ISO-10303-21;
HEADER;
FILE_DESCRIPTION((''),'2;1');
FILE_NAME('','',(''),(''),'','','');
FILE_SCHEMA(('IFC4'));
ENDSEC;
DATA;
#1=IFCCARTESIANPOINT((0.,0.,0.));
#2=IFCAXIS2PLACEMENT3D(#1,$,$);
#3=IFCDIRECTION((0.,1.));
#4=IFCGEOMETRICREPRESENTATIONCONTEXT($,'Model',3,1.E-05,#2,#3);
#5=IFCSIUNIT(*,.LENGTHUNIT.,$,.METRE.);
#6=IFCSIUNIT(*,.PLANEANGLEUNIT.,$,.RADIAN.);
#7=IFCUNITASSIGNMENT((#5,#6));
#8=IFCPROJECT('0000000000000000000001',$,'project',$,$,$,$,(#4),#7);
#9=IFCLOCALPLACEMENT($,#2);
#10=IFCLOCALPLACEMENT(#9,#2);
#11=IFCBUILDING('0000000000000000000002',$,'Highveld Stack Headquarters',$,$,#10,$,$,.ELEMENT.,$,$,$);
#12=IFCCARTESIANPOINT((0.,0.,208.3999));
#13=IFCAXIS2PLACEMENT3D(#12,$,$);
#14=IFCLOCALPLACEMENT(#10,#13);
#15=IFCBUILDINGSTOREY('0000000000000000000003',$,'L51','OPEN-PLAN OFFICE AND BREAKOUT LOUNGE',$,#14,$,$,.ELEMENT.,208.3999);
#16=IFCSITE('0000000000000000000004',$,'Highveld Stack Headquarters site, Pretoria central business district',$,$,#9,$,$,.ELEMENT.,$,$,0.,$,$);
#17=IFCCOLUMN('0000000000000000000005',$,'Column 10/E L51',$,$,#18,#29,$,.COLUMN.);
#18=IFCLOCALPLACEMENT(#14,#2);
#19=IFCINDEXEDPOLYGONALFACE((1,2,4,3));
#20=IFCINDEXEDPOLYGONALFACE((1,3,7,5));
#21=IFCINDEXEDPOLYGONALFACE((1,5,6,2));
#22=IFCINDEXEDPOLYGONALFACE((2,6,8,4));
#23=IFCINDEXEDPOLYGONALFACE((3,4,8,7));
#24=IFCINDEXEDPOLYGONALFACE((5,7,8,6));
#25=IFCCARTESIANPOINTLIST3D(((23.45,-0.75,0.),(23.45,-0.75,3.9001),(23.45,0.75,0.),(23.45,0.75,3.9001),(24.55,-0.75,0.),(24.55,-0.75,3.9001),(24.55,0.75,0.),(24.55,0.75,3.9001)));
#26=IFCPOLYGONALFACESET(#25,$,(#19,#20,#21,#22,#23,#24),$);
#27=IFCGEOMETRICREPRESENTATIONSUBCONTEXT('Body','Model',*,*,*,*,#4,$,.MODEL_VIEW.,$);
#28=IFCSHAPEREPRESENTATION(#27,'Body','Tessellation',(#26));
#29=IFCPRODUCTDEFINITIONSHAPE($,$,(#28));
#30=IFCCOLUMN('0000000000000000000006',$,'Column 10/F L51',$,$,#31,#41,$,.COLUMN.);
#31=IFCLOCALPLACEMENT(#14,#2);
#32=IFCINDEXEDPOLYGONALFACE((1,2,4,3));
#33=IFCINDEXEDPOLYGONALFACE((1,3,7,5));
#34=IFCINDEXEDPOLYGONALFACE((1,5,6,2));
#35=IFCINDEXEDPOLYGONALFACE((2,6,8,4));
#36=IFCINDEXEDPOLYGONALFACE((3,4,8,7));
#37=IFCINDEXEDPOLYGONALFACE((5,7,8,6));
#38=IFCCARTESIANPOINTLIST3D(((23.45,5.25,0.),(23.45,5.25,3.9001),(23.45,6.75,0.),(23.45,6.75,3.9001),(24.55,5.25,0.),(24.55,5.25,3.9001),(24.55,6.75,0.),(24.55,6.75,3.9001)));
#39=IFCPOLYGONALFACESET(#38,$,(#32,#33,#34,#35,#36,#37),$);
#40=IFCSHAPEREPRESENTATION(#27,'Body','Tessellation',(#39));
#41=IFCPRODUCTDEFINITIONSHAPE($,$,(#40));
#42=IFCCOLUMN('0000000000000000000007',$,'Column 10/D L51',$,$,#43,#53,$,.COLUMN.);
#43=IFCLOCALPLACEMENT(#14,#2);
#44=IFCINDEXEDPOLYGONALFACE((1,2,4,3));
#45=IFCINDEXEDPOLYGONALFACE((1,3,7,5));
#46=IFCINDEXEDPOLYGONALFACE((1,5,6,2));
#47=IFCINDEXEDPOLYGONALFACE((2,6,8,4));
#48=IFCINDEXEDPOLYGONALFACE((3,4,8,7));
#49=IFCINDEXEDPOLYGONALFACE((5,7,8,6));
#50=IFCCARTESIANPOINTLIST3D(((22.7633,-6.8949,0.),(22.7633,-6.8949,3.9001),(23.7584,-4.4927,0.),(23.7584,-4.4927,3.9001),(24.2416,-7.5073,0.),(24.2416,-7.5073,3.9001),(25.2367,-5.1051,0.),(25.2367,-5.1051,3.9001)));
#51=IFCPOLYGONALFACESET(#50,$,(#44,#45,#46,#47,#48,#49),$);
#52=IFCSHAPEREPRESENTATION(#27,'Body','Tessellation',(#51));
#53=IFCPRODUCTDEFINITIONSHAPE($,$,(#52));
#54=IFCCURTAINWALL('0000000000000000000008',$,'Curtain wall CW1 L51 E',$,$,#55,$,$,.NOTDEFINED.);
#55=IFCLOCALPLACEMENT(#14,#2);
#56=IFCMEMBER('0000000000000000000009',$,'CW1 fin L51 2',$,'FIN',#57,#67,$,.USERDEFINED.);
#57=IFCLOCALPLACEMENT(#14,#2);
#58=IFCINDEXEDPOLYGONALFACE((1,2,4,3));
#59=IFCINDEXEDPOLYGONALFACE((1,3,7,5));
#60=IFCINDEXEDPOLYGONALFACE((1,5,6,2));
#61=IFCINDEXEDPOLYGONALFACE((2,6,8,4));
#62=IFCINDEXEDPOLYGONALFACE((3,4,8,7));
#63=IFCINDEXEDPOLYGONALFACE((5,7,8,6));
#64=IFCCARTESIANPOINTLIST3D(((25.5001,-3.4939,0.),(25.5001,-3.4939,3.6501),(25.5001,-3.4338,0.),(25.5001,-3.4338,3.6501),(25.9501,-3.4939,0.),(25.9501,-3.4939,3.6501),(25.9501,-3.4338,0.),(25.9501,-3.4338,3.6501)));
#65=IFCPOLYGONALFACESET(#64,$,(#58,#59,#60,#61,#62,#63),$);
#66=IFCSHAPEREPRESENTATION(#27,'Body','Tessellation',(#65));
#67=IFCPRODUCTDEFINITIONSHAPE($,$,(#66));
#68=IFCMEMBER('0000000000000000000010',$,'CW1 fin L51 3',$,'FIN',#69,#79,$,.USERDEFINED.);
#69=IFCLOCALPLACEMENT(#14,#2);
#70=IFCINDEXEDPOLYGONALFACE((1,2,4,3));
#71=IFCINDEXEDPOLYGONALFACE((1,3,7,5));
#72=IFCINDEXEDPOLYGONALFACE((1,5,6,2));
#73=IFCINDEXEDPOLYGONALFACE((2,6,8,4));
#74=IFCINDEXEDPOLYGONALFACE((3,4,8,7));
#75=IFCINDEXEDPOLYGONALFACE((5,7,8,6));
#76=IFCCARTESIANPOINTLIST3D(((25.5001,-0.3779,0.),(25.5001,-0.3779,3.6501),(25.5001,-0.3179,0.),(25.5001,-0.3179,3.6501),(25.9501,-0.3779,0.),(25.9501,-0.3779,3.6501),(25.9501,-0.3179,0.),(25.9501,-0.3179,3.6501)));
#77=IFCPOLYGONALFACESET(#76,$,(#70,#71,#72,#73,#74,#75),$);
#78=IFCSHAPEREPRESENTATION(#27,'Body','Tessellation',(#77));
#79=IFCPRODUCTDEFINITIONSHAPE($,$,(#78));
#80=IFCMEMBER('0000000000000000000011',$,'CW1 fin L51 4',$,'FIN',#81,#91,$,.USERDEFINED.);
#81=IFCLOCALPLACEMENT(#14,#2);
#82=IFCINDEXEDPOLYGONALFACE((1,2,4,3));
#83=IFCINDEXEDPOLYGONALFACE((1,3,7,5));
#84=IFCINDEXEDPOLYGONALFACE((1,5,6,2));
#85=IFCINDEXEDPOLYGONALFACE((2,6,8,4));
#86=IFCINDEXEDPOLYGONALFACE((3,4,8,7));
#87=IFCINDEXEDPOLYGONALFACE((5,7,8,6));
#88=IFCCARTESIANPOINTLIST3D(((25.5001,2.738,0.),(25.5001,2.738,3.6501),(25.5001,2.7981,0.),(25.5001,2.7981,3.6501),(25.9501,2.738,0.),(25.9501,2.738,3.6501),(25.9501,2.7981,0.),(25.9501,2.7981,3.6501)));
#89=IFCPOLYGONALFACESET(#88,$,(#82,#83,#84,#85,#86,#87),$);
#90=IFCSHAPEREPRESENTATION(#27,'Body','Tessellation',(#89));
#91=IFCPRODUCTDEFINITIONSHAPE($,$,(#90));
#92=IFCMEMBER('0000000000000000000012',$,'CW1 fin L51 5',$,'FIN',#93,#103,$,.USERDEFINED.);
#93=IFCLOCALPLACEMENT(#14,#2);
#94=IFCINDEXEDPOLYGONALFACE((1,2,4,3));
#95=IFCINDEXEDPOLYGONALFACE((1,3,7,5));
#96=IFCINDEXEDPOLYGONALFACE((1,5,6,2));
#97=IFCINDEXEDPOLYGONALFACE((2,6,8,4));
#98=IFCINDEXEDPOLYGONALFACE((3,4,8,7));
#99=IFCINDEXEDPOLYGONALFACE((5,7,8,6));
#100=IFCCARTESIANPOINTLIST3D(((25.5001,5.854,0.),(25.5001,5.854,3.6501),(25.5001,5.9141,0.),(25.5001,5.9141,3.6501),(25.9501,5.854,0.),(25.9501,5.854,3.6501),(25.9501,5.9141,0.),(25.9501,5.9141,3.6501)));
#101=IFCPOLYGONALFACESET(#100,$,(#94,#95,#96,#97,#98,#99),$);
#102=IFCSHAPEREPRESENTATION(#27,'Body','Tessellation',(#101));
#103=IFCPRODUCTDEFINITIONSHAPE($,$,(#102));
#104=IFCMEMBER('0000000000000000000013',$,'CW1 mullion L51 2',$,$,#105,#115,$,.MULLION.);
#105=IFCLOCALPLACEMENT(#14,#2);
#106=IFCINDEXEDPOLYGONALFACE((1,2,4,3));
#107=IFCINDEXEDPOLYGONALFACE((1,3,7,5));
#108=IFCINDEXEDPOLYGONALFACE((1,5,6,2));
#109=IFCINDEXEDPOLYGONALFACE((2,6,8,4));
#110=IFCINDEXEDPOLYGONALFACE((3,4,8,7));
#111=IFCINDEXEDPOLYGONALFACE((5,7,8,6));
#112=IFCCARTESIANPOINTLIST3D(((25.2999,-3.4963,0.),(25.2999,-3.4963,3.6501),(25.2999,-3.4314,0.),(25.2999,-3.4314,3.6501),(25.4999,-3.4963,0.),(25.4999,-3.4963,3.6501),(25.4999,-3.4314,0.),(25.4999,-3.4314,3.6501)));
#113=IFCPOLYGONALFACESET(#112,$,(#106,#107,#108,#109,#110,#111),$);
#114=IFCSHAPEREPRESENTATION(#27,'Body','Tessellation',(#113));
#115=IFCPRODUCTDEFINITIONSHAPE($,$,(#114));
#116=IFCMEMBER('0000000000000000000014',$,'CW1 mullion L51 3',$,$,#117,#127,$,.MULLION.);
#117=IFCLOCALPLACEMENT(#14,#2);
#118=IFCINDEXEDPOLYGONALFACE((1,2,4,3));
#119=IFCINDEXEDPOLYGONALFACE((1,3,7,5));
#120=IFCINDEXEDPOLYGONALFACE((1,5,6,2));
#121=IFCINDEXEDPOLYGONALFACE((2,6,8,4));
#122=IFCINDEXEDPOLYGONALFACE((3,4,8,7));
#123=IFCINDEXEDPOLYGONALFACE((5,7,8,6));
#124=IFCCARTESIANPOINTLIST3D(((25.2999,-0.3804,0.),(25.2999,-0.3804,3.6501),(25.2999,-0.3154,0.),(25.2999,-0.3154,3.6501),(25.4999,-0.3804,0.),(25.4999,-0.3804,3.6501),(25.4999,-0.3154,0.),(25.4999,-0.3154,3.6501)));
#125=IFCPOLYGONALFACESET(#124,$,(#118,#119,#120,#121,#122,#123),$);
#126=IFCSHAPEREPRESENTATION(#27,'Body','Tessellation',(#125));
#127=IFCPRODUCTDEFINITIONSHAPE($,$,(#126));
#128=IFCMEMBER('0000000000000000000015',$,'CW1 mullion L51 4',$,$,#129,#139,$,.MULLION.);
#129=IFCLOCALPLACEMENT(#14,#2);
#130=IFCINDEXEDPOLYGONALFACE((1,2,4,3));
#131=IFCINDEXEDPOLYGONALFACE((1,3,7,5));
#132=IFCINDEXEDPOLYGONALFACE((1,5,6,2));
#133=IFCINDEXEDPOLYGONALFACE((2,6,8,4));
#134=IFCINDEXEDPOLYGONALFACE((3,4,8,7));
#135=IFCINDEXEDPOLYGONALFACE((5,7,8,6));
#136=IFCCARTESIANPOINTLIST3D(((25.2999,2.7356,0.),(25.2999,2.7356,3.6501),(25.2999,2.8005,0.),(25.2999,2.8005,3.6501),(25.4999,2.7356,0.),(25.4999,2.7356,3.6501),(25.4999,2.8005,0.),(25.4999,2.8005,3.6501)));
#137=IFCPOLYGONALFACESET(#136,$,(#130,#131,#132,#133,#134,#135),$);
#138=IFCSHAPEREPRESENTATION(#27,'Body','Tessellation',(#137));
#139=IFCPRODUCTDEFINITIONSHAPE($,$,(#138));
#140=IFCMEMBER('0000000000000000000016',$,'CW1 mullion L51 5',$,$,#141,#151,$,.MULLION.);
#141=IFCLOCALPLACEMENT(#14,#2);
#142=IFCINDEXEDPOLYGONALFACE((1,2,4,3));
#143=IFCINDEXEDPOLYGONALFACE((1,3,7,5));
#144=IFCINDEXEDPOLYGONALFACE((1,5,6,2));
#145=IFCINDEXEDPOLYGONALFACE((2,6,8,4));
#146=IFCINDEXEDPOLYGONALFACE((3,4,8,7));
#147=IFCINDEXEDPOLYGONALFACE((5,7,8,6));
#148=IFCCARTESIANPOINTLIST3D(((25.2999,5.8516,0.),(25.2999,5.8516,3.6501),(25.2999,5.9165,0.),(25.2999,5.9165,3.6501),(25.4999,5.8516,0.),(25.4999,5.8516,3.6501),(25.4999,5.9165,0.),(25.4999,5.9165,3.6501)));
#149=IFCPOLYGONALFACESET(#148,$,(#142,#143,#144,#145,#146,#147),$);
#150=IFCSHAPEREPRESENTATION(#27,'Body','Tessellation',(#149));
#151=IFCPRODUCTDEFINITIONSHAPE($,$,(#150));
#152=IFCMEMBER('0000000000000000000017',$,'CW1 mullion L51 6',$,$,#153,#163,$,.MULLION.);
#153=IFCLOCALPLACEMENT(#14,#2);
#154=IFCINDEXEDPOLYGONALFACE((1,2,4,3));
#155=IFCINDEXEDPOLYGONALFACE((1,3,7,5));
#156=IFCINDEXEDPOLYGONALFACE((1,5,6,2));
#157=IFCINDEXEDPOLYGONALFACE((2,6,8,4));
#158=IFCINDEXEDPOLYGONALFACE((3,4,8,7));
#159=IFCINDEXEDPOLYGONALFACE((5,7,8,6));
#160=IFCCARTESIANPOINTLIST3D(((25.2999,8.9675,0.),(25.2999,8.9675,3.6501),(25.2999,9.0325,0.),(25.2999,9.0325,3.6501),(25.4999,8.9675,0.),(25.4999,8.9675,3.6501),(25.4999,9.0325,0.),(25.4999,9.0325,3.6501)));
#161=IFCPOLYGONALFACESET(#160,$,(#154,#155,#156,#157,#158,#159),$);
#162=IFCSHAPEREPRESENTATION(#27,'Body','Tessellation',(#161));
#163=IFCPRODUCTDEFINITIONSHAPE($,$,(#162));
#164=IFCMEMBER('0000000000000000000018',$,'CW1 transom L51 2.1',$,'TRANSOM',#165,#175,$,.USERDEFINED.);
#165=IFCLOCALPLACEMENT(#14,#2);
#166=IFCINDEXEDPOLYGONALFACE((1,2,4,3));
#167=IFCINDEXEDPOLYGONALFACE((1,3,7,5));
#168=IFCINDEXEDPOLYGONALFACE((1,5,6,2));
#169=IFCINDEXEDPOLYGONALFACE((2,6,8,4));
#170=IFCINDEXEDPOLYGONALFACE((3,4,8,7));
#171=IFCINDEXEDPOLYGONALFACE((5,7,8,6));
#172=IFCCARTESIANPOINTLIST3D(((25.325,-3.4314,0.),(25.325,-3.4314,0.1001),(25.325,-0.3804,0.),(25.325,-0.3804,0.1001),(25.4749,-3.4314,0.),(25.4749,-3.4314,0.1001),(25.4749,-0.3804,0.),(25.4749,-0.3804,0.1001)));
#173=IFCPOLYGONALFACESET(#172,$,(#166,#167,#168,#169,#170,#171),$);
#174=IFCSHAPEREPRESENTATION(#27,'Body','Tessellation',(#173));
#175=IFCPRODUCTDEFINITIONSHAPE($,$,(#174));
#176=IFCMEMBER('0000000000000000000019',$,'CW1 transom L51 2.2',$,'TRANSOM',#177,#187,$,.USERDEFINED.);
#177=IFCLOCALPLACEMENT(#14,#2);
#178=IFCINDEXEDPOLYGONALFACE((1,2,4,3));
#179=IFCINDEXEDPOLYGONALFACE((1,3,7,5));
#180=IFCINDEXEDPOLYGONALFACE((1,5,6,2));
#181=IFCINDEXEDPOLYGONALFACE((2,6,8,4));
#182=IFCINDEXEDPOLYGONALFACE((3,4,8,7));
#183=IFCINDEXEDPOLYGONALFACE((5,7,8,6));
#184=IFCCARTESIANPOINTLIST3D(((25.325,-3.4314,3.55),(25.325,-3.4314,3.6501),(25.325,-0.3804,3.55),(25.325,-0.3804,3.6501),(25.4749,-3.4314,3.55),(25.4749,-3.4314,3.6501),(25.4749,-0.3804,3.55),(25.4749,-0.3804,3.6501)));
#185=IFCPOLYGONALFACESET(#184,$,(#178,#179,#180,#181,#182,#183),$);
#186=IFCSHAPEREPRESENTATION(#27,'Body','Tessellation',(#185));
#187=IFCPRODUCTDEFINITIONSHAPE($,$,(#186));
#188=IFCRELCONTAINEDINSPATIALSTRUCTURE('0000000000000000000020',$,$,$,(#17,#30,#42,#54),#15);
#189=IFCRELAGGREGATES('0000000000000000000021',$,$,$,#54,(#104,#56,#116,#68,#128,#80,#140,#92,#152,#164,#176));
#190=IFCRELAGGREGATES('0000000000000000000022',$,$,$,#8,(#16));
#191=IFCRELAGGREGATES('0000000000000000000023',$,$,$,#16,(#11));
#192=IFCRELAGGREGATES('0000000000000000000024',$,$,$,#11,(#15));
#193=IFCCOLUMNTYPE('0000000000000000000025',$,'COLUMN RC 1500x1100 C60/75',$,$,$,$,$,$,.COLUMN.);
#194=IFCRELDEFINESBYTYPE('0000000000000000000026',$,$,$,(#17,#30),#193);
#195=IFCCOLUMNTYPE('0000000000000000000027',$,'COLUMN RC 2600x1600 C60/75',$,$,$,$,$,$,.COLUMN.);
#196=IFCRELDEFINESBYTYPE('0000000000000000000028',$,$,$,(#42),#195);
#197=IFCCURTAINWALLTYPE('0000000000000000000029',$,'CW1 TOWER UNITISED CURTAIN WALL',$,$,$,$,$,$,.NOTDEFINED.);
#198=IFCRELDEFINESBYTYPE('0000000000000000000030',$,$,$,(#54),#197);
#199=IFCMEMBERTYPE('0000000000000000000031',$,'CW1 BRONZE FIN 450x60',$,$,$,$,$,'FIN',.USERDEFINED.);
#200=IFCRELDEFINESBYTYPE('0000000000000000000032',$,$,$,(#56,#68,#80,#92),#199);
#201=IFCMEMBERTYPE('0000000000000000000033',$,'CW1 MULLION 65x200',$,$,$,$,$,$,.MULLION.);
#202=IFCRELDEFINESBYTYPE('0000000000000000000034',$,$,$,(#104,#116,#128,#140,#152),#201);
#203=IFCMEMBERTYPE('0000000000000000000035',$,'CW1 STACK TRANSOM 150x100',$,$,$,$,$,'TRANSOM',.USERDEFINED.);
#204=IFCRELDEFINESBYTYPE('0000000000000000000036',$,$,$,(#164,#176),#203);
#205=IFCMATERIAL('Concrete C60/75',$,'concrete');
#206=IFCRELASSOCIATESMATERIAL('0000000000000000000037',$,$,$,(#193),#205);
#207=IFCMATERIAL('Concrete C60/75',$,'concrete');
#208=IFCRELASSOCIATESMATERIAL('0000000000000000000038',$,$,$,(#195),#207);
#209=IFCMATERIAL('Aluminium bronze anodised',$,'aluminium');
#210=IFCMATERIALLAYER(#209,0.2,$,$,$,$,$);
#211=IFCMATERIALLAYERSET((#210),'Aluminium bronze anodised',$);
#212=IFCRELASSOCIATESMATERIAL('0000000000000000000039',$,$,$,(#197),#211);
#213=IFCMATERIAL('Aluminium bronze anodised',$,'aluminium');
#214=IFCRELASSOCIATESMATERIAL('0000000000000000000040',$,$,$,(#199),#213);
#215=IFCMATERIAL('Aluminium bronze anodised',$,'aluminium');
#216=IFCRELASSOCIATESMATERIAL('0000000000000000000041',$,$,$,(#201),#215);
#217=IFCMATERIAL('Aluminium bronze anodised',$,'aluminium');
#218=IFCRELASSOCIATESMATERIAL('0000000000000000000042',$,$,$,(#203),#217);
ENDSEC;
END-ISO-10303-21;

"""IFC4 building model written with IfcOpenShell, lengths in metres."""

from ifc_helpers import new_model, si_unit, direction, frame, origin, origin_2d, place, context, subcontext, project, spatial, rectangle, extrude, material, layer, layer_set, material_profile, profile_set, type_object, element, aggregate, save


model = new_model("IFC4")

# Units and contexts
model_context = context("Model", 3, precision=1e-05, world=origin(), true_north=direction((0.0, 1.0)))
body_context = subcontext(model_context, "Body", "Model", "MODEL_VIEW")
ifc_project = project(units=[si_unit("LENGTHUNIT", "METRE"), si_unit("PLANEANGLEUNIT", "RADIAN")], contexts=[model_context])

# Site, building, storey
site_placement = place(None, origin())
site = spatial("IfcSite", under=ifc_project, at=site_placement, Name="Highveld Stack Headquarters site, Pretoria central business district", CompositionType="ELEMENT", RefElevation=0.0)
building_placement = place(site_placement, origin())
building = spatial("IfcBuilding", under=site, at=building_placement, Name="Highveld Stack Headquarters", CompositionType="ELEMENT")
storey_placement = place(building_placement, frame((0.0, 0.0, 208.3999)))
storey = spatial("IfcBuildingStorey", under=building, at=storey_placement, Name="L51", Description="OPEN-PLAN OFFICE AND BREAKOUT LOUNGE", CompositionType="ELEMENT", Elevation=208.3999)

# Columns
ifc_material_1 = material(Name="Concrete C60/75", Category="concrete")
ifc_material_profile_1 = material_profile(ifc_material_1, rectangle(XDim=1.5, YDim=1.1001, at=origin_2d()), Name="RC 1500x1100")
ifc_profile_set_1 = profile_set([ifc_material_profile_1], Name="Concrete C60/75")
column_type_1 = type_object("IfcColumnType", Name="COLUMN RC 1500x1100 C60/75", PredefinedType="COLUMN", material=ifc_profile_set_1)
for number, where, z_axis, x_axis, name in (
    (1, (24.0, 0.0, 0.0), (0.0, 0.0, 1.0), (0.0, 1.0, 0.0), "Column 10/E L51"),
    (2, (24.0, 6.0, 0.0), (0.0, 0.0, 1.0), (0.0, 1.0, 0.0), "Column 10/F L51"),
):
    element("IfcColumn", number, at=place(storey_placement, frame(where, z_axis=z_axis, x_axis=x_axis)), inside=storey, type_object=column_type_1, Name=name, PredefinedType="COLUMN", context=body_context, shape_type="SweptSolid", body=[
        extrude(rectangle(XDim=1.5, YDim=1.1001, at=origin_2d()), origin(), (0.0, 0.0, 1.0), 3.9001),
    ])
ifc_material_2 = material(Name="Concrete C60/75", Category="concrete")
ifc_material_profile_2 = material_profile(ifc_material_2, rectangle(XDim=2.6001, YDim=1.6001, at=origin_2d()), Name="RC 2600x1600")
ifc_profile_set_2 = profile_set([ifc_material_profile_2], Name="Concrete C60/75")
column_type_2 = type_object("IfcColumnType", Name="COLUMN RC 2600x1600 C60/75", PredefinedType="COLUMN", material=ifc_profile_set_2)
column_placement = place(storey_placement, frame((24.0, -6.0, 0.0), z_axis=(0.0, 0.0, 1.0), x_axis=(-0.382683, -0.92388, 0.0)))
element("IfcColumn", 3, at=column_placement, inside=storey, type_object=column_type_2, Name="Column 10/D L51", PredefinedType="COLUMN", context=body_context, shape_type="SweptSolid", body=[
    extrude(rectangle(XDim=2.6001, YDim=1.6001, at=origin_2d()), origin(), (0.0, 0.0, 1.0), 3.9001),
])

# Curtain wall, members
ifc_material_3 = material(Name="Aluminium bronze anodised", Category="aluminium")
ifc_layer_1 = layer(ifc_material_3, 0.2)
ifc_layer_set_1 = layer_set([ifc_layer_1], Name="Aluminium bronze anodised")
curtain_wall_type = type_object("IfcCurtainWallType", Name="CW1 TOWER UNITISED CURTAIN WALL", PredefinedType="NOTDEFINED", material=ifc_layer_set_1)
curtain_wall_placement = place(storey_placement, origin())
curtain_wall = element("IfcCurtainWall", 4, at=curtain_wall_placement, inside=storey, type_object=curtain_wall_type, Name="Curtain wall CW1 L51 E", PredefinedType="NOTDEFINED")
ifc_material_4 = material(Name="Aluminium bronze anodised", Category="aluminium")
ifc_material_profile_3 = material_profile(ifc_material_4, rectangle(XDim=0.45, YDim=0.0601, at=origin_2d()), Name="FIN 450x60")
ifc_profile_set_3 = profile_set([ifc_material_profile_3], Name="Aluminium bronze anodised")
member_type_1 = type_object("IfcMemberType", Name="CW1 BRONZE FIN 450x60", ElementType="FIN", PredefinedType="USERDEFINED", material=ifc_profile_set_3)
member_1_placement = place(storey_placement, frame((25.7251, -3.4639, 0.0), z_axis=(0.0, 0.0, 1.0), x_axis=(-1.0, 0.0, 0.0)))
member_1 = element("IfcMember", 5, at=member_1_placement, type_object=member_type_1, Name="CW1 fin L51 2", ObjectType="FIN", PredefinedType="USERDEFINED", context=body_context, shape_type="SweptSolid", body=[
    extrude(rectangle(XDim=0.45, YDim=0.0601, at=origin_2d()), origin(), (0.0, 0.0, 1.0), 3.6501),
])
member_2_placement = place(storey_placement, frame((25.7251, -0.3479, 0.0), z_axis=(0.0, 0.0, 1.0), x_axis=(-1.0, 0.0, 0.0)))
member_2 = element("IfcMember", 6, at=member_2_placement, type_object=member_type_1, Name="CW1 fin L51 3", ObjectType="FIN", PredefinedType="USERDEFINED", context=body_context, shape_type="SweptSolid", body=[
    extrude(rectangle(XDim=0.45, YDim=0.0601, at=origin_2d()), origin(), (0.0, 0.0, 1.0), 3.6501),
])
member_3_placement = place(storey_placement, frame((25.7251, 2.7681, 0.0), z_axis=(0.0, 0.0, 1.0), x_axis=(-1.0, 0.0, 0.0)))
member_3 = element("IfcMember", 7, at=member_3_placement, type_object=member_type_1, Name="CW1 fin L51 4", ObjectType="FIN", PredefinedType="USERDEFINED", context=body_context, shape_type="SweptSolid", body=[
    extrude(rectangle(XDim=0.45, YDim=0.0601, at=origin_2d()), origin(), (0.0, 0.0, 1.0), 3.6501),
])
member_4_placement = place(storey_placement, frame((25.7251, 5.884, 0.0), z_axis=(0.0, 0.0, 1.0), x_axis=(-1.0, 0.0, 0.0)))
member_4 = element("IfcMember", 8, at=member_4_placement, type_object=member_type_1, Name="CW1 fin L51 5", ObjectType="FIN", PredefinedType="USERDEFINED", context=body_context, shape_type="SweptSolid", body=[
    extrude(rectangle(XDim=0.45, YDim=0.0601, at=origin_2d()), origin(), (0.0, 0.0, 1.0), 3.6501),
])
ifc_material_5 = material(Name="Aluminium bronze anodised", Category="aluminium")
ifc_material_profile_4 = material_profile(ifc_material_5, rectangle(XDim=0.2, YDim=0.0649, at=origin_2d()), Name="CW1 MULLION 65x200")
ifc_profile_set_4 = profile_set([ifc_material_profile_4], Name="Aluminium bronze anodised")
member_type_2 = type_object("IfcMemberType", Name="CW1 MULLION 65x200", PredefinedType="MULLION", material=ifc_profile_set_4)
member_5_placement = place(storey_placement, frame((25.3999, -3.4639, 0.0), z_axis=(0.0, 0.0, 1.0), x_axis=(-1.0, 0.0, 0.0)))
member_5 = element("IfcMember", 9, at=member_5_placement, type_object=member_type_2, Name="CW1 mullion L51 2", PredefinedType="MULLION", context=body_context, shape_type="SweptSolid", body=[
    extrude(rectangle(XDim=0.2, YDim=0.0649, at=origin_2d()), origin(), (0.0, 0.0, 1.0), 3.6501),
])
member_6_placement = place(storey_placement, frame((25.3999, -0.3479, 0.0), z_axis=(0.0, 0.0, 1.0), x_axis=(-1.0, 0.0, 0.0)))
member_6 = element("IfcMember", 10, at=member_6_placement, type_object=member_type_2, Name="CW1 mullion L51 3", PredefinedType="MULLION", context=body_context, shape_type="SweptSolid", body=[
    extrude(rectangle(XDim=0.2, YDim=0.0649, at=origin_2d()), origin(), (0.0, 0.0, 1.0), 3.6501),
])
member_7_placement = place(storey_placement, frame((25.3999, 2.7681, 0.0), z_axis=(0.0, 0.0, 1.0), x_axis=(-1.0, 0.0, 0.0)))
member_7 = element("IfcMember", 11, at=member_7_placement, type_object=member_type_2, Name="CW1 mullion L51 4", PredefinedType="MULLION", context=body_context, shape_type="SweptSolid", body=[
    extrude(rectangle(XDim=0.2, YDim=0.0649, at=origin_2d()), origin(), (0.0, 0.0, 1.0), 3.6501),
])
member_8_placement = place(storey_placement, frame((25.3999, 5.884, 0.0), z_axis=(0.0, 0.0, 1.0), x_axis=(-1.0, 0.0, 0.0)))
member_8 = element("IfcMember", 12, at=member_8_placement, type_object=member_type_2, Name="CW1 mullion L51 5", PredefinedType="MULLION", context=body_context, shape_type="SweptSolid", body=[
    extrude(rectangle(XDim=0.2, YDim=0.0649, at=origin_2d()), origin(), (0.0, 0.0, 1.0), 3.6501),
])
member_9_placement = place(storey_placement, frame((25.3999, 9.0, 0.0), z_axis=(0.0, 0.0, 1.0), x_axis=(-1.0, 0.0, 0.0)))
member_9 = element("IfcMember", 13, at=member_9_placement, type_object=member_type_2, Name="CW1 mullion L51 6", PredefinedType="MULLION", context=body_context, shape_type="SweptSolid", body=[
    extrude(rectangle(XDim=0.2, YDim=0.0649, at=origin_2d()), origin(), (0.0, 0.0, 1.0), 3.6501),
])
ifc_material_6 = material(Name="Aluminium bronze anodised", Category="aluminium")
ifc_material_profile_5 = material_profile(ifc_material_6, rectangle(XDim=0.1499, YDim=0.1001, at=origin_2d()), Name="CW1 TRANSOM 150x100")
ifc_profile_set_5 = profile_set([ifc_material_profile_5], Name="Aluminium bronze anodised")
member_type_3 = type_object("IfcMemberType", Name="CW1 STACK TRANSOM 150x100", ElementType="TRANSOM", PredefinedType="USERDEFINED", material=ifc_profile_set_5)
member_10_placement = place(storey_placement, frame((25.3999, -3.4314, 0.05), z_axis=(0.0, 1.0, 0.0), x_axis=(-1.0, 0.0, 0.0)))
member_10 = element("IfcMember", 14, at=member_10_placement, type_object=member_type_3, Name="CW1 transom L51 2.1", ObjectType="TRANSOM", PredefinedType="USERDEFINED", context=body_context, shape_type="SweptSolid", body=[
    extrude(rectangle(XDim=0.1499, YDim=0.1001, at=origin_2d()), origin(), (0.0, 0.0, 1.0), 3.051),
])
member_11_placement = place(storey_placement, frame((25.3999, -3.4314, 3.6001), z_axis=(0.0, 1.0, 0.0), x_axis=(-1.0, 0.0, 0.0)))
member_11 = element("IfcMember", 15, at=member_11_placement, type_object=member_type_3, Name="CW1 transom L51 2.2", ObjectType="TRANSOM", PredefinedType="USERDEFINED", context=body_context, shape_type="SweptSolid", body=[
    extrude(rectangle(XDim=0.1499, YDim=0.1001, at=origin_2d()), origin(), (0.0, 0.0, 1.0), 3.051),
])
aggregate(curtain_wall, [member_5, member_1, member_6, member_2, member_7, member_3, member_8, member_4, member_9, member_10, member_11])

save(model, "model.ifc")
